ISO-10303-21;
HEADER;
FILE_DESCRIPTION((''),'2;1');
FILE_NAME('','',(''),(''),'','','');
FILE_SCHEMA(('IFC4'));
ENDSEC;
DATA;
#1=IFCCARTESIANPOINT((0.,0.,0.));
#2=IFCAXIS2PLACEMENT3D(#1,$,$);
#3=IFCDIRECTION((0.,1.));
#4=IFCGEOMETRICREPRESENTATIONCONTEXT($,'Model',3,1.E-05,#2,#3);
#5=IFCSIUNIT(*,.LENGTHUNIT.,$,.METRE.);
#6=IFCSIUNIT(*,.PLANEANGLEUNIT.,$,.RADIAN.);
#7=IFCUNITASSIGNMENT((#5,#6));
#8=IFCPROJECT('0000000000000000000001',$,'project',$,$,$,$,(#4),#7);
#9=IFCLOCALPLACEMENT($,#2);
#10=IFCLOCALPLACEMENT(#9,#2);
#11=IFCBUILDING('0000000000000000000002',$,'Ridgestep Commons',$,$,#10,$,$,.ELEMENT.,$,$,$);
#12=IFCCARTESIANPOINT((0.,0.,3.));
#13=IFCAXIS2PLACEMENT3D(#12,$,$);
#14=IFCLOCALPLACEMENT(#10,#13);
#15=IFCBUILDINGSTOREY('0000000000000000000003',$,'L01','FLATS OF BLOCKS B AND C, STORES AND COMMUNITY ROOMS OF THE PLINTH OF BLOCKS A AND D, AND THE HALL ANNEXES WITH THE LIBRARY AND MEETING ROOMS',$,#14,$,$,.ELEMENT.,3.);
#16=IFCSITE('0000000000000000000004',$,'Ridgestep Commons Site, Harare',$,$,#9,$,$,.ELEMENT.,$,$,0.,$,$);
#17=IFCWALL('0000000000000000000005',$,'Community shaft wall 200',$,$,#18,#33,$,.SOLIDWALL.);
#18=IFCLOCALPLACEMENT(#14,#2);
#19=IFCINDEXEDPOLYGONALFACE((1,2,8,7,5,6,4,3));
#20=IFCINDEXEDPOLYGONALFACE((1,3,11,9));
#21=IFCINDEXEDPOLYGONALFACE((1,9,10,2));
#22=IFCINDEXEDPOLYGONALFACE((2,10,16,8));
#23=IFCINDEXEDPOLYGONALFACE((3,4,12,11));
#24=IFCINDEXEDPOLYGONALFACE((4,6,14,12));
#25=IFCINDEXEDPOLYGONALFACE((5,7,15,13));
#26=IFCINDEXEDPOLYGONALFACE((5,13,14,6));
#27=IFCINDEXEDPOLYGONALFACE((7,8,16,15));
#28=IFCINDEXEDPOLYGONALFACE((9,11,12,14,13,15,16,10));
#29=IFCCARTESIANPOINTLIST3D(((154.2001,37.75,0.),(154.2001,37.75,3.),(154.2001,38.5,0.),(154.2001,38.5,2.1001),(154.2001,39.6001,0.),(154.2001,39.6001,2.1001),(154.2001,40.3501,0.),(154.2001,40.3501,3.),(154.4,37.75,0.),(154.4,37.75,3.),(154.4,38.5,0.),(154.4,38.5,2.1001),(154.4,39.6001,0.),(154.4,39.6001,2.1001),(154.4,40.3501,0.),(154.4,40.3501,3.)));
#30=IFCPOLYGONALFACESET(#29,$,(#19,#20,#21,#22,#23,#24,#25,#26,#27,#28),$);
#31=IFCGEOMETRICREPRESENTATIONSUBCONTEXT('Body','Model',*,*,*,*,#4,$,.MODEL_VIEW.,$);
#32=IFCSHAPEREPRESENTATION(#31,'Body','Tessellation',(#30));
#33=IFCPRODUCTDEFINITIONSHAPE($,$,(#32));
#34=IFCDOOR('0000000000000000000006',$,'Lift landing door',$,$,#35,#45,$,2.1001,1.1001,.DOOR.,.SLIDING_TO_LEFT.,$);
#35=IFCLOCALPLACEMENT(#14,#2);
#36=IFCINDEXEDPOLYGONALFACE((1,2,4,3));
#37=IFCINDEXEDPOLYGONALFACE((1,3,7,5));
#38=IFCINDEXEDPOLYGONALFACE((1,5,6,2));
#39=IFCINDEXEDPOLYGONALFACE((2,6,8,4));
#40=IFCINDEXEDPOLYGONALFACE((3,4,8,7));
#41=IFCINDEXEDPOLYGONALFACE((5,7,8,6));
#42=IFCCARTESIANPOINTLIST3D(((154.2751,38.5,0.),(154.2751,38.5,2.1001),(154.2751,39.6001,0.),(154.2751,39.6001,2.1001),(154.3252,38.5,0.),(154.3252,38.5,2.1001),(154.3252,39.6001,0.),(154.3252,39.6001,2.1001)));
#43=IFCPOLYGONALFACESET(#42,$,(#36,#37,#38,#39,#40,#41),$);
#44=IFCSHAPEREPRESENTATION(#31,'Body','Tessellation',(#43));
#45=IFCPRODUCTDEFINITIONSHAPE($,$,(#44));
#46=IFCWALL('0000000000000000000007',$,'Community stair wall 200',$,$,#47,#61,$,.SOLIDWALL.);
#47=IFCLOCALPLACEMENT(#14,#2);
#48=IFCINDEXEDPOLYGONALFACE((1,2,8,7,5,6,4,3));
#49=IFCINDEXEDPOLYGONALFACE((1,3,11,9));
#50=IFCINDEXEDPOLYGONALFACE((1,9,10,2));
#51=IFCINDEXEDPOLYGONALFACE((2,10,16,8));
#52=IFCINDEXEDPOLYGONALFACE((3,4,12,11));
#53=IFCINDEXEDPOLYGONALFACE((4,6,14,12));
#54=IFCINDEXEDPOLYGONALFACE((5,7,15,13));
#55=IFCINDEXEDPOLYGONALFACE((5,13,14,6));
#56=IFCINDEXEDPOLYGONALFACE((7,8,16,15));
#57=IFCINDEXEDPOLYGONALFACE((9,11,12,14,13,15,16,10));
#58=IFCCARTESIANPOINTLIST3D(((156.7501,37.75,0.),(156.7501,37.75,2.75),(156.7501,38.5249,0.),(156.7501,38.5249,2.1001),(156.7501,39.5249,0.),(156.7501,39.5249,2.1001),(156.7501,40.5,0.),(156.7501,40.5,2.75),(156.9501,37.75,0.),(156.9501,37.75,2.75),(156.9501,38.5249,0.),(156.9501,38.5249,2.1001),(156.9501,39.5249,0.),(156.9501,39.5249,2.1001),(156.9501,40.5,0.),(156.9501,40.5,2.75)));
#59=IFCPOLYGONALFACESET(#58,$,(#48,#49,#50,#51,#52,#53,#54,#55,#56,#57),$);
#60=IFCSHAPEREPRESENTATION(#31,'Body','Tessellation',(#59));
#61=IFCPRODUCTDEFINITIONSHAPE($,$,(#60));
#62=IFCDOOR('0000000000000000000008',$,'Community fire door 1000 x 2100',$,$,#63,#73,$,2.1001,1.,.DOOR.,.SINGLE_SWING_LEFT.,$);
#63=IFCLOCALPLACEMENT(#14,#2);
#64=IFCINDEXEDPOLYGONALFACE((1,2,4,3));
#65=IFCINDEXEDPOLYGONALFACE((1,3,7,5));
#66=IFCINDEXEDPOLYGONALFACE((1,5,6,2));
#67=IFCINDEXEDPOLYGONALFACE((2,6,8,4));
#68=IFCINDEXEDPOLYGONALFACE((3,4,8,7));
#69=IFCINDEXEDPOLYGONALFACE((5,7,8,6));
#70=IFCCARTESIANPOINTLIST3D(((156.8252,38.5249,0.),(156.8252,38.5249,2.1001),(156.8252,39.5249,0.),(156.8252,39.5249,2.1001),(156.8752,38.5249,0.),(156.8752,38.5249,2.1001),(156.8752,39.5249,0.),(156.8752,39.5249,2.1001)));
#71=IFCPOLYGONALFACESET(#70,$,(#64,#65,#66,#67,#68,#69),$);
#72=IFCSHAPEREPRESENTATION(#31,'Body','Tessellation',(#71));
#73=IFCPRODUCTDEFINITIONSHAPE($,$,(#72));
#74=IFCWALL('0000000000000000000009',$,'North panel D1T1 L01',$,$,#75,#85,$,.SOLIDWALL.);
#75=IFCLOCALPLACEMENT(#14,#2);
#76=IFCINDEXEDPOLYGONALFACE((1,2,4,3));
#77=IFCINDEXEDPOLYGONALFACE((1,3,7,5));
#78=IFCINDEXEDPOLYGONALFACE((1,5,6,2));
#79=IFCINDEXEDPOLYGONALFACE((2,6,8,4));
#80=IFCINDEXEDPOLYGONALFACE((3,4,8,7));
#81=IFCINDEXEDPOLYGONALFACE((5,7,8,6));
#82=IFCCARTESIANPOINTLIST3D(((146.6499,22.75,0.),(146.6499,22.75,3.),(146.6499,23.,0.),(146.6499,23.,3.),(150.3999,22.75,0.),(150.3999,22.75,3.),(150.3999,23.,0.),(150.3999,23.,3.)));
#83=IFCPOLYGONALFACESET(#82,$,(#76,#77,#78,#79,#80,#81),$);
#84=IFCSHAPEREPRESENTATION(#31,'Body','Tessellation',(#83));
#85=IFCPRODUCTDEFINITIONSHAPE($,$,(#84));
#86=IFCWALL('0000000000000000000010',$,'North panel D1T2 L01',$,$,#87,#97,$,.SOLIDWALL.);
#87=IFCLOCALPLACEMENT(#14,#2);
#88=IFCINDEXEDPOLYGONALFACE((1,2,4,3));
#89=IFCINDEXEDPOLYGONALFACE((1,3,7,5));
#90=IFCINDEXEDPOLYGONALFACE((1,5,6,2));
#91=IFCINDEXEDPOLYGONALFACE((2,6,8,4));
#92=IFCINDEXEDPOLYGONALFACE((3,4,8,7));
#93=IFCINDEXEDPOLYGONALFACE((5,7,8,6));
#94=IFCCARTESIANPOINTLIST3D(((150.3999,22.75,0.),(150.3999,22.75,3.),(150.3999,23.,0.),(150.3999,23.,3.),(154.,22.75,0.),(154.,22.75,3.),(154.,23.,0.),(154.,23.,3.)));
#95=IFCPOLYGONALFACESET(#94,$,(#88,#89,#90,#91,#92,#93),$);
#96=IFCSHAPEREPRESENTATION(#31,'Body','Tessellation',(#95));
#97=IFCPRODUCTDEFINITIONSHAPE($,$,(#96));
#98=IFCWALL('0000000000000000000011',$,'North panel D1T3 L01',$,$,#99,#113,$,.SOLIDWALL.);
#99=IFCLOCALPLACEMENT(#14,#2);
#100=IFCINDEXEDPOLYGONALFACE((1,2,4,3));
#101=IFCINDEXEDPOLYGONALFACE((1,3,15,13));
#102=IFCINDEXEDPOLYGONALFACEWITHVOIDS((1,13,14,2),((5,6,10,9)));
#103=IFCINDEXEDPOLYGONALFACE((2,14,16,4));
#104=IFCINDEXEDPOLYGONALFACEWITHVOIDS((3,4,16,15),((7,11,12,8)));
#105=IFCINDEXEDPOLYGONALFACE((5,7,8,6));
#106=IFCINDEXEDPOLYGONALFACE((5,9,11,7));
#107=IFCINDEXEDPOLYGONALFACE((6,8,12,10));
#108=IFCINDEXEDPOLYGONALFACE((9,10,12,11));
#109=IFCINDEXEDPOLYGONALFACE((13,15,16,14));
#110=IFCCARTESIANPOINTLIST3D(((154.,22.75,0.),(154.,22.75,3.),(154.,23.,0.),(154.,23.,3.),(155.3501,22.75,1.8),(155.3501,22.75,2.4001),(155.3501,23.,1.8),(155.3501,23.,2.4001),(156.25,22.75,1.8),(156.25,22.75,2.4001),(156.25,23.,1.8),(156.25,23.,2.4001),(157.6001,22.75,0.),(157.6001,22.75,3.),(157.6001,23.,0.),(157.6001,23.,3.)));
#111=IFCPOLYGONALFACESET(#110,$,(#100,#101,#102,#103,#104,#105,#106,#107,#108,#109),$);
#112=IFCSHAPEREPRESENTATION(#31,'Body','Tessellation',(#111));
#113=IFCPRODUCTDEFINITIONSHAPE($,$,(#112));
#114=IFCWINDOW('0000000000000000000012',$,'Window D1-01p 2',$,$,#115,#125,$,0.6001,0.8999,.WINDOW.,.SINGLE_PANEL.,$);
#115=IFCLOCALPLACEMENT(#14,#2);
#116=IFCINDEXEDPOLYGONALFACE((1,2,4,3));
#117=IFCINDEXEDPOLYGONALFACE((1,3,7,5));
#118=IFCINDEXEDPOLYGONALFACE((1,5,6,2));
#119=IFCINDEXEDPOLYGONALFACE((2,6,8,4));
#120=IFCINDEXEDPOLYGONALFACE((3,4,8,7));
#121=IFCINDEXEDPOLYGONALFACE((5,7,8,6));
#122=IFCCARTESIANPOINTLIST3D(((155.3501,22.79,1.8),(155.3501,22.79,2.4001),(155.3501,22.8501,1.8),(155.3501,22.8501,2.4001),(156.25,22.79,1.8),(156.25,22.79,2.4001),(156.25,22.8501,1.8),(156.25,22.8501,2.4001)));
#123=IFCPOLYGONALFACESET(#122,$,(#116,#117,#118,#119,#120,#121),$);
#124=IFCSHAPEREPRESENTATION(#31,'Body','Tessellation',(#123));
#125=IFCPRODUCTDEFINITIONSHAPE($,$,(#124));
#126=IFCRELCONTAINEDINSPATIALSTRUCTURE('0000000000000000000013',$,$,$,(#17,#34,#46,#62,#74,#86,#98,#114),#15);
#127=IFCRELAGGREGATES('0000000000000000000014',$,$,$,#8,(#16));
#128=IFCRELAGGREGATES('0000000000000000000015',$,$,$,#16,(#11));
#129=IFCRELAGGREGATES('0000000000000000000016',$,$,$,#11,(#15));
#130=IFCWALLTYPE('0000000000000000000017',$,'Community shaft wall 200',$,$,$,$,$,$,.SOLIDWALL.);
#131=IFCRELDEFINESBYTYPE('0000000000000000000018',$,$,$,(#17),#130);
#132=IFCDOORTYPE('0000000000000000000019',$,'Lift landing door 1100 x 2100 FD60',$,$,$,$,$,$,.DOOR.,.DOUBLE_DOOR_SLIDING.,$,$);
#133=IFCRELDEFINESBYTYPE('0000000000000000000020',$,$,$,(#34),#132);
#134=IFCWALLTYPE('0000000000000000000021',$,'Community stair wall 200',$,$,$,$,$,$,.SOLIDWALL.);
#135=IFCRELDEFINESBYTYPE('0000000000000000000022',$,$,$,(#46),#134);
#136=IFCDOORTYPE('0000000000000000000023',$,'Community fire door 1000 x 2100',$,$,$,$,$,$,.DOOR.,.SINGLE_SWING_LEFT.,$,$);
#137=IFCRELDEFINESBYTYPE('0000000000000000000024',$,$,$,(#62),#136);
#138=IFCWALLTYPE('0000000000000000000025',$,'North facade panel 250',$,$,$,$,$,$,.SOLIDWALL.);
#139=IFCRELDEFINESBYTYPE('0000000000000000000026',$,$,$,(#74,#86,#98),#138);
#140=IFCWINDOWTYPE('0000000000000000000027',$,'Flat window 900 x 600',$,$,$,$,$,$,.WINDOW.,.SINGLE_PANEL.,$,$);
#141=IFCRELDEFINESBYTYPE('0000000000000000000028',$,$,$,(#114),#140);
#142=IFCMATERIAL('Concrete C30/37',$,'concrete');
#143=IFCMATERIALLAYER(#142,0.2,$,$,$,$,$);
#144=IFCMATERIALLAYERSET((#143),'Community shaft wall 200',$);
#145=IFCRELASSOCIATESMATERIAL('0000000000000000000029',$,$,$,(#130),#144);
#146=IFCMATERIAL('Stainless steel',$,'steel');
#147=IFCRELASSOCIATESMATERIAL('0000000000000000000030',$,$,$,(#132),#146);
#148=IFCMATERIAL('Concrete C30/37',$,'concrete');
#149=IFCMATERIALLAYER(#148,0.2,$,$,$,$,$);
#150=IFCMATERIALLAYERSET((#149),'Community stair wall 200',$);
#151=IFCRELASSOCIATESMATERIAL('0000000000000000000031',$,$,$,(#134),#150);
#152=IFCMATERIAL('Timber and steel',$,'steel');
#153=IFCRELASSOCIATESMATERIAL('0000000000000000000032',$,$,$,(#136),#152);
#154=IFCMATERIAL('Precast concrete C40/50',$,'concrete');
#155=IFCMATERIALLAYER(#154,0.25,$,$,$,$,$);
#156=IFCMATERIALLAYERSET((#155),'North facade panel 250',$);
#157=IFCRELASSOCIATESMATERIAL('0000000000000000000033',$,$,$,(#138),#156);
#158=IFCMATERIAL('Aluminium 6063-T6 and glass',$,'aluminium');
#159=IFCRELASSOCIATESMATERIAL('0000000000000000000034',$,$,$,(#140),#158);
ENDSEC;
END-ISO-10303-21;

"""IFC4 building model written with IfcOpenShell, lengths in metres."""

from ifc_helpers import new_model, si_unit, direction, frame, frame_2d, origin, place, context, subcontext, project, spatial, rectangle, extrude, material, layer, layer_set, type_object, element, fill, save


model = new_model("IFC4")

# Units and contexts
model_context = context("Model", 3, precision=1e-05, world=origin(), true_north=direction((0.0, 1.0)))
body_context = subcontext(model_context, "Body", "Model", "MODEL_VIEW")
ifc_project = project(units=[si_unit("LENGTHUNIT", "METRE"), si_unit("PLANEANGLEUNIT", "RADIAN")], contexts=[model_context])

# Site, building, storey
site_placement = place(None, origin())
site = spatial("IfcSite", under=ifc_project, at=site_placement, Name="Ridgestep Commons Site, Harare", CompositionType="ELEMENT", RefElevation=0.0)
building_placement = place(site_placement, origin())
building = spatial("IfcBuilding", under=site, at=building_placement, Name="Ridgestep Commons", CompositionType="ELEMENT")
storey_placement = place(building_placement, frame((0.0, 0.0, 3.0)))
storey = spatial("IfcBuildingStorey", under=building, at=storey_placement, Name="L01", Description="FLATS OF BLOCKS B AND C, STORES AND COMMUNITY ROOMS OF THE PLINTH OF BLOCKS A AND D, AND THE HALL ANNEXES WITH THE LIBRARY AND MEETING ROOMS", CompositionType="ELEMENT", Elevation=3.0)

# Shared definitions
ifc_material_1 = material(Name="Concrete C30/37", Category="concrete")
ifc_layer_1 = layer(ifc_material_1, 0.2)
ifc_layer_set_1 = layer_set([ifc_layer_1], Name="Community shaft wall 200")
wall_type_1 = type_object("IfcWallType", Name="Community shaft wall 200", PredefinedType="SOLIDWALL", material=ifc_layer_set_1)

# Walls, openings, doors
wall_1_placement = place(storey_placement, frame((154.3, 37.75, 0.0), z_axis=(0.0, 0.0, 1.0), x_axis=(0.0, 1.0, 0.0)))
wall_1 = element("IfcWall", 1, at=wall_1_placement, inside=storey, type_object=wall_type_1, Name="Community shaft wall 200", PredefinedType="SOLIDWALL", context=body_context, shape_type="SweptSolid", body=[
    extrude(rectangle(XDim=2.6001, YDim=0.2, at=frame_2d((1.3, 0.0))), origin(), (0.0, 0.0, 1.0), 3.0),
])
opening_1_placement = place(wall_1_placement, frame((0.75, 0.0, 0.0)))
opening_1 = element("IfcOpeningElement", 2, at=opening_1_placement, cuts=wall_1, PredefinedType="OPENING", context=body_context, shape_type="SweptSolid", body=[
    extrude(rectangle(XDim=1.1001, YDim=2.1001, at=frame_2d((0.55, 1.05))), frame((0.0, 0.1099, 0.0), z_axis=(0.0, -1.0, 0.0), x_axis=(1.0, 0.0, 0.0)), (0.0, 0.0, 1.0), 0.22),
])
ifc_material_2 = material(Name="Stainless steel", Category="steel")
door_type_1 = type_object("IfcDoorType", Name="Lift landing door 1100 x 2100 FD60", OperationType="DOUBLE_DOOR_SLIDING", PredefinedType="DOOR", material=ifc_material_2)
door_1_placement = place(opening_1_placement, origin())
door_1 = element("IfcDoor", 3, at=door_1_placement, inside=storey, type_object=door_type_1, Name="Lift landing door", OperationType="SLIDING_TO_LEFT", OverallHeight=2.1001, OverallWidth=1.1001, PredefinedType="DOOR", context=body_context, shape_type="SweptSolid", body=[
    extrude(rectangle(XDim=1.1001, YDim=2.1001, at=frame_2d((0.55, 1.05))), frame((0.0, 0.0249, 0.0), z_axis=(0.0, -1.0, 0.0), x_axis=(1.0, 0.0, 0.0)), (0.0, 0.0, 1.0), 0.05),
])
fill(opening_1, door_1)
ifc_material_3 = material(Name="Concrete C30/37", Category="concrete")
ifc_layer_2 = layer(ifc_material_3, 0.2)
ifc_layer_set_2 = layer_set([ifc_layer_2], Name="Community stair wall 200")
wall_type_2 = type_object("IfcWallType", Name="Community stair wall 200", PredefinedType="SOLIDWALL", material=ifc_layer_set_2)
wall_2_placement = place(storey_placement, frame((156.8501, 37.75, 0.0), z_axis=(0.0, 0.0, 1.0), x_axis=(0.0, 1.0, 0.0)))
wall_2 = element("IfcWall", 4, at=wall_2_placement, inside=storey, type_object=wall_type_2, Name="Community stair wall 200", PredefinedType="SOLIDWALL", context=body_context, shape_type="SweptSolid", body=[
    extrude(rectangle(XDim=2.75, YDim=0.2, at=frame_2d((1.375, 0.0))), origin(), (0.0, 0.0, 1.0), 2.75),
])
opening_2_placement = place(wall_2_placement, frame((0.7749, 0.0, 0.0)))
opening_2 = element("IfcOpeningElement", 5, at=opening_2_placement, cuts=wall_2, PredefinedType="OPENING", context=body_context, shape_type="SweptSolid", body=[
    extrude(rectangle(XDim=1.0, YDim=2.1001, at=frame_2d((0.5, 1.05))), frame((0.0, 0.1099, 0.0), z_axis=(0.0, -1.0, 0.0), x_axis=(1.0, 0.0, 0.0)), (0.0, 0.0, 1.0), 0.22),
])
ifc_material_4 = material(Name="Timber and steel", Category="steel")
door_type_2 = type_object("IfcDoorType", Name="Community fire door 1000 x 2100", OperationType="SINGLE_SWING_LEFT", PredefinedType="DOOR", material=ifc_material_4)
door_2_placement = place(opening_2_placement, origin())
door_2 = element("IfcDoor", 6, at=door_2_placement, inside=storey, type_object=door_type_2, Name="Community fire door 1000 x 2100", OperationType="SINGLE_SWING_LEFT", OverallHeight=2.1001, OverallWidth=1.0, PredefinedType="DOOR", context=body_context, shape_type="SweptSolid", body=[
    extrude(rectangle(XDim=1.0, YDim=2.1001, at=frame_2d((0.5, 1.05))), frame((0.0, 0.0249, 0.0), z_axis=(0.0, -1.0, 0.0), x_axis=(1.0, 0.0, 0.0)), (0.0, 0.0, 1.0), 0.05),
])
fill(opening_2, door_2)

# Walls
ifc_material_5 = material(Name="Precast concrete C40/50", Category="concrete")
ifc_layer_3 = layer(ifc_material_5, 0.25)
ifc_layer_set_3 = layer_set([ifc_layer_3], Name="North facade panel 250")
wall_type_3 = type_object("IfcWallType", Name="North facade panel 250", PredefinedType="SOLIDWALL", material=ifc_layer_set_3)
wall_3_placement = place(storey_placement, frame((146.6499, 22.875, 0.0), z_axis=(0.0, 0.0, 1.0), x_axis=(1.0, 0.0, 0.0)))
element("IfcWall", 7, at=wall_3_placement, inside=storey, type_object=wall_type_3, Name="North panel D1T1 L01", PredefinedType="SOLIDWALL", context=body_context, shape_type="SweptSolid", body=[
    extrude(rectangle(XDim=3.75, YDim=0.25, at=frame_2d((1.875, 0.0))), origin(), (0.0, 0.0, 1.0), 3.0),
])
wall_4_placement = place(storey_placement, frame((150.3999, 22.875, 0.0), z_axis=(0.0, 0.0, 1.0), x_axis=(1.0, 0.0, 0.0)))
element("IfcWall", 8, at=wall_4_placement, inside=storey, type_object=wall_type_3, Name="North panel D1T2 L01", PredefinedType="SOLIDWALL", context=body_context, shape_type="SweptSolid", body=[
    extrude(rectangle(XDim=3.6001, YDim=0.25, at=frame_2d((1.8, 0.0))), origin(), (0.0, 0.0, 1.0), 3.0),
])

# Wall, opening, window
wall_5_placement = place(storey_placement, frame((154.0, 22.875, 0.0), z_axis=(0.0, 0.0, 1.0), x_axis=(1.0, 0.0, 0.0)))
wall_5 = element("IfcWall", 9, at=wall_5_placement, inside=storey, type_object=wall_type_3, Name="North panel D1T3 L01", PredefinedType="SOLIDWALL", context=body_context, shape_type="SweptSolid", body=[
    extrude(rectangle(XDim=3.6001, YDim=0.25, at=frame_2d((1.8, 0.0))), origin(), (0.0, 0.0, 1.0), 3.0),
])
opening_3_placement = place(wall_5_placement, frame((1.3501, 0.0, 1.8)))
opening_3 = element("IfcOpeningElement", 10, at=opening_3_placement, cuts=wall_5, PredefinedType="OPENING", context=body_context, shape_type="SweptSolid", body=[
    extrude(rectangle(XDim=0.8999, YDim=0.6001, at=frame_2d((0.45, 0.3))), frame((0.0, 0.135, 0.0), z_axis=(0.0, -1.0, 0.0), x_axis=(1.0, 0.0, 0.0)), (0.0, 0.0, 1.0), 0.27),
])
ifc_material_6 = material(Name="Aluminium 6063-T6 and glass", Category="aluminium")
window_type = type_object("IfcWindowType", Name="Flat window 900 x 600", PartitioningType="SINGLE_PANEL", PredefinedType="WINDOW", material=ifc_material_6)
window_placement = place(opening_3_placement, origin())
window = element("IfcWindow", 11, at=window_placement, inside=storey, type_object=window_type, Name="Window D1-01p 2", OverallHeight=0.6001, OverallWidth=0.8999, PartitioningType="SINGLE_PANEL", PredefinedType="WINDOW", context=body_context, shape_type="SweptSolid", body=[
    extrude(rectangle(XDim=0.8999, YDim=0.6001, at=frame_2d((0.45, 0.3))), frame((0.0, -0.0249, 0.0), z_axis=(0.0, -1.0, 0.0), x_axis=(1.0, 0.0, 0.0)), (0.0, 0.0, 1.0), 0.0601),
])
fill(opening_3, window)

save(model, "model.ifc")
